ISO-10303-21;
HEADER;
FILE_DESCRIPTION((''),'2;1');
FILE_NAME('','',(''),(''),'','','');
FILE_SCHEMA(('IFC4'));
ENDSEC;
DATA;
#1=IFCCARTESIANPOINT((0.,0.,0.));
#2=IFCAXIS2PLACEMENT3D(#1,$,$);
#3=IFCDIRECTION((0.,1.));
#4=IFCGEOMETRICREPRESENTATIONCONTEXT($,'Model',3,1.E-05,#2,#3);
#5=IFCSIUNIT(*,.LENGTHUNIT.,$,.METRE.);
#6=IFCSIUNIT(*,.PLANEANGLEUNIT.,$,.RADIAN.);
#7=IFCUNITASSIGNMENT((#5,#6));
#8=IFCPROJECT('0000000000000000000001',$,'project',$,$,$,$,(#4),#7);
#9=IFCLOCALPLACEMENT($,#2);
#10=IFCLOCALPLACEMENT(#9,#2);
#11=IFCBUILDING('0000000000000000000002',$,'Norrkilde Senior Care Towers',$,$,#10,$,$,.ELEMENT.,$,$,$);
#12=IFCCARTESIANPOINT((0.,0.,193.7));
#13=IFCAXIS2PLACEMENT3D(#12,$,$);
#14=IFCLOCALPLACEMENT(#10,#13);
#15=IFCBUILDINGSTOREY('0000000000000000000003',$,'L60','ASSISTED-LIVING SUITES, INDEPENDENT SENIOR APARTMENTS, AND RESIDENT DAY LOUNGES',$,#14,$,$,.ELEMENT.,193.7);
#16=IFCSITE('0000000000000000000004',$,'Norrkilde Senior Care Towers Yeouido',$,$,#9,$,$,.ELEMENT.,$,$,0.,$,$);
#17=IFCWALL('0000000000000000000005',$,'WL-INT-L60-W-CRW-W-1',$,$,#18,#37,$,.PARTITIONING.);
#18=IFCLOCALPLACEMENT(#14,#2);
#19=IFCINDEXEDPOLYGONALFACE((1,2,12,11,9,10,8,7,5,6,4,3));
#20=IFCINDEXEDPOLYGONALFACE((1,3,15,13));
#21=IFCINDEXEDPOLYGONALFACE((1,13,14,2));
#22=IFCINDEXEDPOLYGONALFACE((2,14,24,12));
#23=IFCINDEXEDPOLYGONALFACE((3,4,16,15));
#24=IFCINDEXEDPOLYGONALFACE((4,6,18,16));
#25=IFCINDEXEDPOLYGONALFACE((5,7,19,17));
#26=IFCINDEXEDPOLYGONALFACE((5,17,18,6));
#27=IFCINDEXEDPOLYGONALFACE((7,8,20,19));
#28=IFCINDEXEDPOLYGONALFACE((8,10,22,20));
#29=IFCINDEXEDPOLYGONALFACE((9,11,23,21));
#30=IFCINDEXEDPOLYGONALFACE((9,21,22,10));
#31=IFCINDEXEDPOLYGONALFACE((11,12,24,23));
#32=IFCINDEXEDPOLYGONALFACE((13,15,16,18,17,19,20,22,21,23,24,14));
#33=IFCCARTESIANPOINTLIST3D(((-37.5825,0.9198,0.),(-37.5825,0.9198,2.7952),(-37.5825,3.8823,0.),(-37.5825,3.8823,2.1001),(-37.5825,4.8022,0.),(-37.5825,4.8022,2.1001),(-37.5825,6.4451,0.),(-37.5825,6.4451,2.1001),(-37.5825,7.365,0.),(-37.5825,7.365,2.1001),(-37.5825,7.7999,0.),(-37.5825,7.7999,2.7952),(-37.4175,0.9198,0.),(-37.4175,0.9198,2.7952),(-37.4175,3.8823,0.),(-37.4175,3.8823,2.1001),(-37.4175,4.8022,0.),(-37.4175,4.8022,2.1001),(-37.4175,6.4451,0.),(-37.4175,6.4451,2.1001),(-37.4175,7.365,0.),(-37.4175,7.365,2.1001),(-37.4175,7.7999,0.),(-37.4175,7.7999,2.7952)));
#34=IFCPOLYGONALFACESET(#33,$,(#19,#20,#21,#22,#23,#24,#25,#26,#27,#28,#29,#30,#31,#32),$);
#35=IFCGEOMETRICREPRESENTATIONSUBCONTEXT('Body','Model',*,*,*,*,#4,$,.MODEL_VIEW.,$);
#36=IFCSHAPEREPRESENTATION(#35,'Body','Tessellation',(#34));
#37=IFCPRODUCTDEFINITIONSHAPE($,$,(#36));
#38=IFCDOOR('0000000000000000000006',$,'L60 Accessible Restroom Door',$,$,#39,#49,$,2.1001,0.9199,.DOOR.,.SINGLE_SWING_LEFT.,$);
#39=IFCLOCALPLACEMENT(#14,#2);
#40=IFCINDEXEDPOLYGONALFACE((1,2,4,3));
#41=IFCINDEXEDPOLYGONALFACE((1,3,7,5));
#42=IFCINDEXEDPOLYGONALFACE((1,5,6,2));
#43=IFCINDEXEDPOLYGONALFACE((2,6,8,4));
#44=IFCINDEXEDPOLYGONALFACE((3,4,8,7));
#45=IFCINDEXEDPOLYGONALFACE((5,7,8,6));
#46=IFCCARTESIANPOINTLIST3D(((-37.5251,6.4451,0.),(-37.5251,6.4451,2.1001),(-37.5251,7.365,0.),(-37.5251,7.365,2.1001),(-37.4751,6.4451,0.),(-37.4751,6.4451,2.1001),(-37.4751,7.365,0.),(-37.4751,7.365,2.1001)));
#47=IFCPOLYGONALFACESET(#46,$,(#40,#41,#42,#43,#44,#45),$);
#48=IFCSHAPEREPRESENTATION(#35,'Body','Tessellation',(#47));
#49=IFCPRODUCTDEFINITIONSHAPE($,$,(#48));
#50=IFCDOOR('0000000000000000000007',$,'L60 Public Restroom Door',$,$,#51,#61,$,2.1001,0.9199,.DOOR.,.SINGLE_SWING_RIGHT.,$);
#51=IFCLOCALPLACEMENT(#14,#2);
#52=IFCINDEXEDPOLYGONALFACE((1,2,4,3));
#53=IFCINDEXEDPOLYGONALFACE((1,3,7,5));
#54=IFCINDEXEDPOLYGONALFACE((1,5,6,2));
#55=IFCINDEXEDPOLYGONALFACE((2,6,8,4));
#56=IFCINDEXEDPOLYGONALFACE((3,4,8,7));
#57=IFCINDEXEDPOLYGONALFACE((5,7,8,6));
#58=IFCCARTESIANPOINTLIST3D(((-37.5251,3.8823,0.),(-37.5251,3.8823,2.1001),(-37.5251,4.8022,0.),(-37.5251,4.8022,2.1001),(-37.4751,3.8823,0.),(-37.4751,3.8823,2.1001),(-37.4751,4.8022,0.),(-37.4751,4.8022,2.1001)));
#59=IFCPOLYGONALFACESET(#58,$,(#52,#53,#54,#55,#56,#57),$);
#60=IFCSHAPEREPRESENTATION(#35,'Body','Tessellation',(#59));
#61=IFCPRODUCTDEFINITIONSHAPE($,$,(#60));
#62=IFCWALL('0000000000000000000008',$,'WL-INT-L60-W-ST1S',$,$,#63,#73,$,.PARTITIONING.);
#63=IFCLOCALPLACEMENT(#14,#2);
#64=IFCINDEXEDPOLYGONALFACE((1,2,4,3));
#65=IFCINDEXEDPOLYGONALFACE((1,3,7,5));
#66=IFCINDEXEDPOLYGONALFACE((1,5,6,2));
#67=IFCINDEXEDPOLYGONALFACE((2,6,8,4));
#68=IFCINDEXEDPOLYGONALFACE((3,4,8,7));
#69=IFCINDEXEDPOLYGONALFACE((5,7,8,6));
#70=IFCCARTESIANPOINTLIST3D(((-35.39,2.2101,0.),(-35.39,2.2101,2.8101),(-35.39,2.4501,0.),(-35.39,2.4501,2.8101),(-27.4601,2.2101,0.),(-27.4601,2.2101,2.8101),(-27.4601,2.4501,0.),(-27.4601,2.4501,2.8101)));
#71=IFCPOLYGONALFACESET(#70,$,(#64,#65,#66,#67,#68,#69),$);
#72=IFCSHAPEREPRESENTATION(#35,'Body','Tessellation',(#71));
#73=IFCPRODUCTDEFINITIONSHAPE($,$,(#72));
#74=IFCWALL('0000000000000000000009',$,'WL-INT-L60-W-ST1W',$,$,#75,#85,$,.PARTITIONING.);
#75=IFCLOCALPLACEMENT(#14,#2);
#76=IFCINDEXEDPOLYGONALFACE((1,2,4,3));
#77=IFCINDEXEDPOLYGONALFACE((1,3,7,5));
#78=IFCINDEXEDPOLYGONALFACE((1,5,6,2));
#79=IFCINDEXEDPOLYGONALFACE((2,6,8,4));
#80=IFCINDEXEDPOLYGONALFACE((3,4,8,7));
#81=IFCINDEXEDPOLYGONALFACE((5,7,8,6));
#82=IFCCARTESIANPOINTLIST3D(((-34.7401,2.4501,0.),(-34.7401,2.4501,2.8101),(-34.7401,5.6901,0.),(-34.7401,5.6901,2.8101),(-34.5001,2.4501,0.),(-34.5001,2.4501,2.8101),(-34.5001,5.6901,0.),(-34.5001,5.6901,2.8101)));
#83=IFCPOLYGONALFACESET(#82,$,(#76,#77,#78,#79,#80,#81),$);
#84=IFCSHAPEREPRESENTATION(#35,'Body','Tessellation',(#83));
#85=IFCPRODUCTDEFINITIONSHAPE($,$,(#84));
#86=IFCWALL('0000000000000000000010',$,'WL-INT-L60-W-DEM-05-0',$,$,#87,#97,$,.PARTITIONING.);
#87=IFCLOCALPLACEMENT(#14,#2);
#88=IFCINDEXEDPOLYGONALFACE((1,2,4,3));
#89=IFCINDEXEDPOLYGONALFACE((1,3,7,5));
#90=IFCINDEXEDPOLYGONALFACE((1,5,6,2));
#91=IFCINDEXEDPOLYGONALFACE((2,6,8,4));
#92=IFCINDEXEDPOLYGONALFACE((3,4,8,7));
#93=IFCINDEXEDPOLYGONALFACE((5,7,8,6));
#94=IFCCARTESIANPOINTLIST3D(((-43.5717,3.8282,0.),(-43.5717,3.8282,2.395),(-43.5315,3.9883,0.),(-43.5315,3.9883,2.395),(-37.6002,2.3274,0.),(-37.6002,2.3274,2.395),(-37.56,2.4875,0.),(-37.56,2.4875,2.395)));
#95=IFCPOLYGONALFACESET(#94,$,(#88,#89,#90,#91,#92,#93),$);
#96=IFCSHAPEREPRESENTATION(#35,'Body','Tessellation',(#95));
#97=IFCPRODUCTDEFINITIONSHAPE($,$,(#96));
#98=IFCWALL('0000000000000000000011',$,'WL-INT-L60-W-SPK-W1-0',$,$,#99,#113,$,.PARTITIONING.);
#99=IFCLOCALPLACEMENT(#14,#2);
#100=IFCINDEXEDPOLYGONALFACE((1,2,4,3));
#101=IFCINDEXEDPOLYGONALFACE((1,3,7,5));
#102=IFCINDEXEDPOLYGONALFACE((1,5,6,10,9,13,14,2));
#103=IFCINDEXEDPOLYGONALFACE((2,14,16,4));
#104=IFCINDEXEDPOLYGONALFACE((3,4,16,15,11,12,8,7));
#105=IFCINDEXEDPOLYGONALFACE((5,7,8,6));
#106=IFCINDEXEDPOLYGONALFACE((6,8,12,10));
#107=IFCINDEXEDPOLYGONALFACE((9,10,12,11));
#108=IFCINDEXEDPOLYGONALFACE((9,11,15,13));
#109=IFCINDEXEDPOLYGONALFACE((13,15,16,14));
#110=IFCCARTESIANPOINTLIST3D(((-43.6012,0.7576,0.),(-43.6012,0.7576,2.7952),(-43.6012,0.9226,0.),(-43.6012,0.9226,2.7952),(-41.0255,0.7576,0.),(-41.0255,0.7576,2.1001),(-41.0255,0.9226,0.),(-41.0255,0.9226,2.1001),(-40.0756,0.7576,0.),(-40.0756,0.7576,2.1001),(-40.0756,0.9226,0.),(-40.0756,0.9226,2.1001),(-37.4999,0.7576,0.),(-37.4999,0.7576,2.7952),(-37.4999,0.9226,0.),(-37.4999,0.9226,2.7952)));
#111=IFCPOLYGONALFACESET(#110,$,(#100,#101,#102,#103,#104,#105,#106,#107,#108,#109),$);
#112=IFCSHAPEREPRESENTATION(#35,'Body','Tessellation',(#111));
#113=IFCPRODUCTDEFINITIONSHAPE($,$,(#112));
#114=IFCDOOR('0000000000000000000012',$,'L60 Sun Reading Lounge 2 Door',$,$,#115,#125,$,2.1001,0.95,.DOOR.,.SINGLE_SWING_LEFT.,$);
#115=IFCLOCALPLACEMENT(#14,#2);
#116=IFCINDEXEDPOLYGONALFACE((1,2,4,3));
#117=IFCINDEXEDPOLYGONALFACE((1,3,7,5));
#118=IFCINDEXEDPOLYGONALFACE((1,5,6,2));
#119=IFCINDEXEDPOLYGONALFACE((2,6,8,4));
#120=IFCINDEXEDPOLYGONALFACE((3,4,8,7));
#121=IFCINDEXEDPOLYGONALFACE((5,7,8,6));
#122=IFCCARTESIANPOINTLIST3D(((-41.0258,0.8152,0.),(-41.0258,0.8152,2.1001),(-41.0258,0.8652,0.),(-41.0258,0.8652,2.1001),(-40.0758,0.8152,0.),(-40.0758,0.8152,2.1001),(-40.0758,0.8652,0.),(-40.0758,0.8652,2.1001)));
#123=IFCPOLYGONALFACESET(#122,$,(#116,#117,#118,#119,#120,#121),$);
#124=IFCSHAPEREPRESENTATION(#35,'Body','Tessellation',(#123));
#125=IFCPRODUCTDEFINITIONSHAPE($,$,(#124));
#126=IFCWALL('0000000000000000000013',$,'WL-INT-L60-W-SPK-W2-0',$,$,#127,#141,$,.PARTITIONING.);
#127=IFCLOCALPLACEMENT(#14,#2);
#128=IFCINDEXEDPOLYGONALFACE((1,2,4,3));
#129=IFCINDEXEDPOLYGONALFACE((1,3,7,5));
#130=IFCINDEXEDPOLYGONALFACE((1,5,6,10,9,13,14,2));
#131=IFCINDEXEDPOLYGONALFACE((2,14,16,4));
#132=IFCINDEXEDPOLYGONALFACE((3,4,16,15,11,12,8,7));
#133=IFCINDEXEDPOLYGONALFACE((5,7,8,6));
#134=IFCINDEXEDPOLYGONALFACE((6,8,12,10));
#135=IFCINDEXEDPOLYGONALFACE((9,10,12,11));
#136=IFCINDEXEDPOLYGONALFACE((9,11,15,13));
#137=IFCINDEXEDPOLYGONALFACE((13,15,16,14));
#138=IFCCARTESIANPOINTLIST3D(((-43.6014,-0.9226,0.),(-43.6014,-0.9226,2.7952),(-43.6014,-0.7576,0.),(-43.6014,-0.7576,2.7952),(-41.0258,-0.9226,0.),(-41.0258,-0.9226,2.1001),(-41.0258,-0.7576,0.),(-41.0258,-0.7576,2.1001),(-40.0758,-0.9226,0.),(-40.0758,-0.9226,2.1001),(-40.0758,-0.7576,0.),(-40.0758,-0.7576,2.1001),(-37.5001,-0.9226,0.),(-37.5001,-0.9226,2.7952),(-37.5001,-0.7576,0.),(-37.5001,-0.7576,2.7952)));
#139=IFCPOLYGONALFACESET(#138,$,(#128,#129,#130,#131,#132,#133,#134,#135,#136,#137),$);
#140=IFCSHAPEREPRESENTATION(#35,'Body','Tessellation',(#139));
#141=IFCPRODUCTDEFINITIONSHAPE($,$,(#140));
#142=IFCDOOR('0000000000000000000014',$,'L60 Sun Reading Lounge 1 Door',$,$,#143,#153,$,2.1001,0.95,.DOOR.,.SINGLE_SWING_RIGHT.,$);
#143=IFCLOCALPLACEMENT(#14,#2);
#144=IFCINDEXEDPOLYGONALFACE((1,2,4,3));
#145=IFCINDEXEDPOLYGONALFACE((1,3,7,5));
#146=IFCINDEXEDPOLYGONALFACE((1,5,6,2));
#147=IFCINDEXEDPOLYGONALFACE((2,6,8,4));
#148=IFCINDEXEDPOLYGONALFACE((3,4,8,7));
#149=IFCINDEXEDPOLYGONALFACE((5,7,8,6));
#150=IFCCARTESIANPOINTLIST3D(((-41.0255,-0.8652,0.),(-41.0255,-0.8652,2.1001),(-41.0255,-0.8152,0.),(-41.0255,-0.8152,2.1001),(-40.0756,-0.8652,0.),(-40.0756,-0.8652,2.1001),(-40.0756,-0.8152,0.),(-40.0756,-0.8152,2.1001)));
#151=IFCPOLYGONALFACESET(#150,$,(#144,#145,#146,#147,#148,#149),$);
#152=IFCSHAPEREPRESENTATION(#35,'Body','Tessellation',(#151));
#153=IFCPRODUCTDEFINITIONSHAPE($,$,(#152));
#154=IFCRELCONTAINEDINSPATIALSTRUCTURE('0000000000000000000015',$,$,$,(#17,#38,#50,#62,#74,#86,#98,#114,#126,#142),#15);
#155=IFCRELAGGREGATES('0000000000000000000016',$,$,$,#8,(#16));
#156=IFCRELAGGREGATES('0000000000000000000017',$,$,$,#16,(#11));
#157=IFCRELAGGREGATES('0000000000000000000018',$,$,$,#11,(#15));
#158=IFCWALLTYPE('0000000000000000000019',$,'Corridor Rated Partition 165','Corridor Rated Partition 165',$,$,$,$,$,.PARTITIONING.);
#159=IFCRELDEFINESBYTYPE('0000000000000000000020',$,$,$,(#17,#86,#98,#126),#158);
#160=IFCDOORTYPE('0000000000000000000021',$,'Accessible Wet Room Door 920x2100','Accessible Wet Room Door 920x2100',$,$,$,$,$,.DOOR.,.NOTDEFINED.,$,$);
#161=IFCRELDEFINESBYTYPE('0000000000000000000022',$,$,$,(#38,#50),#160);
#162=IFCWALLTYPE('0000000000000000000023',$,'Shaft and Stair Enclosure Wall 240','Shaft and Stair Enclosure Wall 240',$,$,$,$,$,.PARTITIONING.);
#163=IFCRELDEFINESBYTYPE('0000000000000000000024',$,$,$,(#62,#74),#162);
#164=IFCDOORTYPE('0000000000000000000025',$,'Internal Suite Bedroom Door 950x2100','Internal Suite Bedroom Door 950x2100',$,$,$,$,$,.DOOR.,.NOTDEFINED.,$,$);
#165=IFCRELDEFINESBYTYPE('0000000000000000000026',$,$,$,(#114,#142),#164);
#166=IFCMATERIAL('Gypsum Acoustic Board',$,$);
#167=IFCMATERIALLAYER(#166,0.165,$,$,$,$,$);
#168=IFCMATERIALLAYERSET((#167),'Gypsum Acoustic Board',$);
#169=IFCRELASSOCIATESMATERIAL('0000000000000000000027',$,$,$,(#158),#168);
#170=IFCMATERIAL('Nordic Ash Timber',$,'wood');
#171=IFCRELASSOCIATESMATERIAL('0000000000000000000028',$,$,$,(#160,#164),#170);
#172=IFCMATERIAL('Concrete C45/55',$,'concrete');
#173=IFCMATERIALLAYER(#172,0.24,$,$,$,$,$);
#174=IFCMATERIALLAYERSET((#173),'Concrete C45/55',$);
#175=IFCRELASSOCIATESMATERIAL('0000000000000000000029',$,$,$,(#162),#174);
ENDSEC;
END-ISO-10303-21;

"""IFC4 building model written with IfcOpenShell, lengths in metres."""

from ifc_helpers import new_model, si_unit, direction, frame, frame_2d, origin, place, context, subcontext, project, spatial, rectangle, extrude, source, transform, mapped, material, layer, layer_set, type_object, type_shapes, element, fill, save


model = new_model("IFC4")

# Units and contexts
model_context = context("Model", 3, precision=1e-05, world=origin(), true_north=direction((0.0, 1.0)))
body_context = subcontext(model_context, "Body", "Model", "MODEL_VIEW")
ifc_project = project(units=[si_unit("LENGTHUNIT", "METRE"), si_unit("PLANEANGLEUNIT", "RADIAN")], contexts=[model_context])

# Site, building, storey
site_placement = place(None, origin())
site = spatial("IfcSite", under=ifc_project, at=site_placement, Name="Norrkilde Senior Care Towers Yeouido", CompositionType="ELEMENT", RefElevation=0.0)
building_placement = place(site_placement, origin())
building = spatial("IfcBuilding", under=site, at=building_placement, Name="Norrkilde Senior Care Towers", CompositionType="ELEMENT")
storey_placement = place(building_placement, frame((0.0, 0.0, 193.7)))
storey = spatial("IfcBuildingStorey", under=building, at=storey_placement, Name="L60", Description="ASSISTED-LIVING SUITES, INDEPENDENT SENIOR APARTMENTS, AND RESIDENT DAY LOUNGES", CompositionType="ELEMENT", Elevation=193.7)

# Wall, openings, doors
ifc_material_1 = material(Name="Concrete C45/55", Category="concrete")
ifc_material_2 = material(Name="Gypsum Acoustic Board")
ifc_layer_1 = layer(ifc_material_2, 0.165)
ifc_layer_set_1 = layer_set([ifc_layer_1], Name="Gypsum Acoustic Board")
wall_type_1 = type_object("IfcWallType", Name="Corridor Rated Partition 165", Description="Corridor Rated Partition 165", PredefinedType="PARTITIONING", material=ifc_layer_set_1)
shared_shape_1 = source(origin(), body_context, "Body", "SweptSolid", [
    extrude(rectangle(XDim=6.8801, YDim=0.165, at=frame_2d((3.4399, 0.0))), origin(), (0.0, 0.0, 1.0), 2.7952),
])
wall_1_placement = place(storey_placement, frame((-37.5, 0.9199, 0.0), z_axis=(0.0, 0.0, 1.0), x_axis=(0.0, 1.0, 0.0)))
wall_1 = element("IfcWall", 1, at=wall_1_placement, inside=storey, type_object=wall_type_1, Name="WL-INT-L60-W-CRW-W-1", PredefinedType="PARTITIONING", context=body_context, shape_type="MappedRepresentation", body=[
    mapped(shared_shape_1, transform((0.0, 0.0, 0.0), x_axis=(1.0, 0.0, 0.0), y_axis=(0.0, 1.0, 0.0), z_axis=(0.0, 0.0, 1.0), scale=1.0)),
])
opening_1_placement = place(wall_1_placement, frame((5.5251, 0.0, 0.0)))
opening_1 = element("IfcOpeningElement", 2, at=opening_1_placement, cuts=wall_1, PredefinedType="OPENING", context=body_context, shape_type="SweptSolid", body=[
    extrude(rectangle(XDim=0.9199, YDim=2.1001, at=frame_2d((0.46, 1.05))), frame((0.0, 0.0925, 0.0), z_axis=(0.0, -1.0, 0.0), x_axis=(1.0, 0.0, 0.0)), (0.0, 0.0, 1.0), 0.1851),
])
opening_2_placement = place(wall_1_placement, frame((2.9624, 0.0, 0.0)))
opening_2 = element("IfcOpeningElement", 3, at=opening_2_placement, cuts=wall_1, PredefinedType="OPENING", context=body_context, shape_type="SweptSolid", body=[
    extrude(rectangle(XDim=0.9199, YDim=2.1001, at=frame_2d((0.46, 1.05))), frame((0.0, 0.0925, 0.0), z_axis=(0.0, -1.0, 0.0), x_axis=(1.0, 0.0, 0.0)), (0.0, 0.0, 1.0), 0.1851),
])
ifc_material_3 = material(Name="Nordic Ash Timber", Category="wood")
door_type_1 = type_object("IfcDoorType", Name="Accessible Wet Room Door 920x2100", Description="Accessible Wet Room Door 920x2100", OperationType="NOTDEFINED", PredefinedType="DOOR", material=ifc_material_3)
shared_shape_2 = source(origin(), body_context, "Body", "SweptSolid", [
    extrude(rectangle(XDim=0.9199, YDim=2.1001, at=frame_2d((0.46, 1.05))), frame((0.0, 0.0249, 0.0), z_axis=(0.0, -1.0, 0.0), x_axis=(1.0, 0.0, 0.0)), (0.0, 0.0, 1.0), 0.05),
])
type_shapes(door_type_1, [shared_shape_2])
door_1_placement = place(opening_1_placement, frame((0.9199, 0.0, 0.0), z_axis=(0.0, 0.0, 1.0), x_axis=(-1.0, 0.0, 0.0)))
door_1 = element("IfcDoor", 4, at=door_1_placement, inside=storey, type_object=door_type_1, Name="L60 Accessible Restroom Door", OperationType="SINGLE_SWING_LEFT", OverallHeight=2.1001, OverallWidth=0.9199, PredefinedType="DOOR", context=body_context, shape_type="MappedRepresentation", body=[
    mapped(shared_shape_2, transform((0.0, 0.0, 0.0), x_axis=(1.0, 0.0, 0.0), y_axis=(0.0, 1.0, 0.0), z_axis=(0.0, 0.0, 1.0), scale=1.0)),
])
fill(opening_1, door_1)
door_2_placement = place(opening_2_placement, frame((0.9199, 0.0, 0.0), z_axis=(0.0, 0.0, 1.0), x_axis=(-1.0, 0.0, 0.0)))
door_2 = element("IfcDoor", 5, at=door_2_placement, inside=storey, type_object=door_type_1, Name="L60 Public Restroom Door", OperationType="SINGLE_SWING_RIGHT", OverallHeight=2.1001, OverallWidth=0.9199, PredefinedType="DOOR", context=body_context, shape_type="MappedRepresentation", body=[
    mapped(shared_shape_2, transform((0.0, 0.0, 0.0), x_axis=(1.0, 0.0, 0.0), y_axis=(0.0, 1.0, 0.0), z_axis=(0.0, 0.0, 1.0), scale=1.0)),
])
fill(opening_2, door_2)

# Walls
ifc_layer_2 = layer(ifc_material_1, 0.24)
ifc_layer_set_2 = layer_set([ifc_layer_2], Name="Concrete C45/55")
wall_type_2 = type_object("IfcWallType", Name="Shaft and Stair Enclosure Wall 240", Description="Shaft and Stair Enclosure Wall 240", PredefinedType="PARTITIONING", material=ifc_layer_set_2)
shared_shape_3 = source(origin(), body_context, "Body", "SweptSolid", [
    extrude(rectangle(XDim=7.9299, YDim=0.24, at=frame_2d((3.9648, 0.0))), origin(), (0.0, 0.0, 1.0), 2.8101),
])
wall_2_placement = place(storey_placement, frame((-35.3899, 2.3301, 0.0), z_axis=(0.0, 0.0, 1.0), x_axis=(1.0, 0.0, 0.0)))
element("IfcWall", 6, at=wall_2_placement, inside=storey, type_object=wall_type_2, Name="WL-INT-L60-W-ST1S", PredefinedType="PARTITIONING", context=body_context, shape_type="MappedRepresentation", body=[
    mapped(shared_shape_3, transform((0.0, 0.0, 0.0), x_axis=(1.0, 0.0, 0.0), y_axis=(0.0, 1.0, 0.0), z_axis=(0.0, 0.0, 1.0), scale=1.0)),
])
shared_shape_4 = source(origin(), body_context, "Body", "SweptSolid", [
    extrude(rectangle(XDim=3.24, YDim=0.24, at=frame_2d((1.6201, 0.0))), origin(), (0.0, 0.0, 1.0), 2.8101),
])
type_shapes(wall_type_2, [shared_shape_3, shared_shape_4])
wall_3_placement = place(storey_placement, frame((-34.6201, 2.45, 0.0), z_axis=(0.0, 0.0, 1.0), x_axis=(0.0, 1.0, 0.0)))
element("IfcWall", 7, at=wall_3_placement, inside=storey, type_object=wall_type_2, Name="WL-INT-L60-W-ST1W", PredefinedType="PARTITIONING", context=body_context, shape_type="MappedRepresentation", body=[
    mapped(shared_shape_4, transform((0.0, 0.0, 0.0), x_axis=(1.0, 0.0, 0.0), y_axis=(0.0, 1.0, 0.0), z_axis=(0.0, 0.0, 1.0), scale=1.0)),
])
shared_shape_5 = source(origin(), body_context, "Body", "SweptSolid", [
    extrude(rectangle(XDim=6.1572, YDim=0.165, at=frame_2d((3.0786, 0.0))), origin(), (0.0, 0.0, 1.0), 2.395),
])
wall_4_placement = place(storey_placement, frame((-37.5801, 2.4075, 0.0), z_axis=(0.0, 0.0, 1.0), x_axis=(-0.969841, 0.243739, 0.0)))
element("IfcWall", 8, at=wall_4_placement, inside=storey, type_object=wall_type_1, Name="WL-INT-L60-W-DEM-05-0", PredefinedType="PARTITIONING", context=body_context, shape_type="MappedRepresentation", body=[
    mapped(shared_shape_5, transform((0.0, 0.0, 0.0), x_axis=(1.0, 0.0, 0.0), y_axis=(0.0, 1.0, 0.0), z_axis=(0.0, 0.0, 1.0), scale=1.0)),
])

# Walls, openings, doors
shared_shape_6 = source(origin(), body_context, "Body", "SweptSolid", [
    extrude(rectangle(XDim=6.1013, YDim=0.165, at=frame_2d((3.0508, 0.0))), origin(), (0.0, 0.0, 1.0), 2.7952),
])
type_shapes(wall_type_1, [shared_shape_1, shared_shape_5, shared_shape_6])
wall_5_placement = place(storey_placement, frame((-43.6013, 0.8401, 0.0), z_axis=(0.0, 0.0, 1.0), x_axis=(1.0, 0.0, 0.0)))
wall_5 = element("IfcWall", 9, at=wall_5_placement, inside=storey, type_object=wall_type_1, Name="WL-INT-L60-W-SPK-W1-0", PredefinedType="PARTITIONING", context=body_context, shape_type="MappedRepresentation", body=[
    mapped(shared_shape_6, transform((0.0, 0.0, 0.0), x_axis=(1.0, 0.0, 0.0), y_axis=(0.0, 1.0, 0.0), z_axis=(0.0, 0.0, 1.0), scale=1.0)),
])
opening_3_placement = place(wall_5_placement, frame((2.5757, 0.0, 0.0)))
opening_3 = element("IfcOpeningElement", 10, at=opening_3_placement, cuts=wall_5, PredefinedType="OPENING", context=body_context, shape_type="SweptSolid", body=[
    extrude(rectangle(XDim=0.95, YDim=2.1001, at=frame_2d((0.4751, 1.05))), frame((0.0, 0.0925, 0.0), z_axis=(0.0, -1.0, 0.0), x_axis=(1.0, 0.0, 0.0)), (0.0, 0.0, 1.0), 0.1851),
])
door_type_2 = type_object("IfcDoorType", Name="Internal Suite Bedroom Door 950x2100", Description="Internal Suite Bedroom Door 950x2100", OperationType="NOTDEFINED", PredefinedType="DOOR", material=ifc_material_3)
shared_shape_7 = source(origin(), body_context, "Body", "SweptSolid", [
    extrude(rectangle(XDim=0.95, YDim=2.1001, at=frame_2d((0.4751, 1.05))), frame((0.0, 0.0249, 0.0), z_axis=(0.0, -1.0, 0.0), x_axis=(1.0, 0.0, 0.0)), (0.0, 0.0, 1.0), 0.05),
])
type_shapes(door_type_2, [shared_shape_7])
door_3_placement = place(opening_3_placement, frame((0.95, 0.0, 0.0), z_axis=(0.0, 0.0, 1.0), x_axis=(-1.0, 0.0, 0.0)))
door_3 = element("IfcDoor", 11, at=door_3_placement, inside=storey, type_object=door_type_2, Name="L60 Sun Reading Lounge 2 Door", OperationType="SINGLE_SWING_LEFT", OverallHeight=2.1001, OverallWidth=0.95, PredefinedType="DOOR", context=body_context, shape_type="MappedRepresentation", body=[
    mapped(shared_shape_7, transform((0.0, 0.0, 0.0), x_axis=(1.0, 0.0, 0.0), y_axis=(0.0, 1.0, 0.0), z_axis=(0.0, 0.0, 1.0), scale=1.0)),
])
fill(opening_3, door_3)
wall_6_placement = place(storey_placement, frame((-37.5, -0.8401, 0.0), z_axis=(0.0, 0.0, 1.0), x_axis=(-1.0, 0.0, 0.0)))
wall_6 = element("IfcWall", 12, at=wall_6_placement, inside=storey, type_object=wall_type_1, Name="WL-INT-L60-W-SPK-W2-0", PredefinedType="PARTITIONING", context=body_context, shape_type="MappedRepresentation", body=[
    mapped(shared_shape_6, transform((0.0, 0.0, 0.0), x_axis=(1.0, 0.0, 0.0), y_axis=(0.0, 1.0, 0.0), z_axis=(0.0, 0.0, 1.0), scale=1.0)),
])
opening_4_placement = place(wall_6_placement, frame((2.5757, 0.0, 0.0)))
opening_4 = element("IfcOpeningElement", 13, at=opening_4_placement, cuts=wall_6, PredefinedType="OPENING", context=body_context, shape_type="SweptSolid", body=[
    extrude(rectangle(XDim=0.95, YDim=2.1001, at=frame_2d((0.4751, 1.05))), frame((0.0, 0.0925, 0.0), z_axis=(0.0, -1.0, 0.0), x_axis=(1.0, 0.0, 0.0)), (0.0, 0.0, 1.0), 0.1851),
])
door_4_placement = place(opening_4_placement, frame((0.95, 0.0, 0.0), z_axis=(0.0, 0.0, 1.0), x_axis=(-1.0, 0.0, 0.0)))
door_4 = element("IfcDoor", 14, at=door_4_placement, inside=storey, type_object=door_type_2, Name="L60 Sun Reading Lounge 1 Door", OperationType="SINGLE_SWING_RIGHT", OverallHeight=2.1001, OverallWidth=0.95, PredefinedType="DOOR", context=body_context, shape_type="MappedRepresentation", body=[
    mapped(shared_shape_7, transform((0.0, 0.0, 0.0), x_axis=(1.0, 0.0, 0.0), y_axis=(0.0, 1.0, 0.0), z_axis=(0.0, 0.0, 1.0), scale=1.0)),
])
fill(opening_4, door_4)

save(model, "model.ifc")
